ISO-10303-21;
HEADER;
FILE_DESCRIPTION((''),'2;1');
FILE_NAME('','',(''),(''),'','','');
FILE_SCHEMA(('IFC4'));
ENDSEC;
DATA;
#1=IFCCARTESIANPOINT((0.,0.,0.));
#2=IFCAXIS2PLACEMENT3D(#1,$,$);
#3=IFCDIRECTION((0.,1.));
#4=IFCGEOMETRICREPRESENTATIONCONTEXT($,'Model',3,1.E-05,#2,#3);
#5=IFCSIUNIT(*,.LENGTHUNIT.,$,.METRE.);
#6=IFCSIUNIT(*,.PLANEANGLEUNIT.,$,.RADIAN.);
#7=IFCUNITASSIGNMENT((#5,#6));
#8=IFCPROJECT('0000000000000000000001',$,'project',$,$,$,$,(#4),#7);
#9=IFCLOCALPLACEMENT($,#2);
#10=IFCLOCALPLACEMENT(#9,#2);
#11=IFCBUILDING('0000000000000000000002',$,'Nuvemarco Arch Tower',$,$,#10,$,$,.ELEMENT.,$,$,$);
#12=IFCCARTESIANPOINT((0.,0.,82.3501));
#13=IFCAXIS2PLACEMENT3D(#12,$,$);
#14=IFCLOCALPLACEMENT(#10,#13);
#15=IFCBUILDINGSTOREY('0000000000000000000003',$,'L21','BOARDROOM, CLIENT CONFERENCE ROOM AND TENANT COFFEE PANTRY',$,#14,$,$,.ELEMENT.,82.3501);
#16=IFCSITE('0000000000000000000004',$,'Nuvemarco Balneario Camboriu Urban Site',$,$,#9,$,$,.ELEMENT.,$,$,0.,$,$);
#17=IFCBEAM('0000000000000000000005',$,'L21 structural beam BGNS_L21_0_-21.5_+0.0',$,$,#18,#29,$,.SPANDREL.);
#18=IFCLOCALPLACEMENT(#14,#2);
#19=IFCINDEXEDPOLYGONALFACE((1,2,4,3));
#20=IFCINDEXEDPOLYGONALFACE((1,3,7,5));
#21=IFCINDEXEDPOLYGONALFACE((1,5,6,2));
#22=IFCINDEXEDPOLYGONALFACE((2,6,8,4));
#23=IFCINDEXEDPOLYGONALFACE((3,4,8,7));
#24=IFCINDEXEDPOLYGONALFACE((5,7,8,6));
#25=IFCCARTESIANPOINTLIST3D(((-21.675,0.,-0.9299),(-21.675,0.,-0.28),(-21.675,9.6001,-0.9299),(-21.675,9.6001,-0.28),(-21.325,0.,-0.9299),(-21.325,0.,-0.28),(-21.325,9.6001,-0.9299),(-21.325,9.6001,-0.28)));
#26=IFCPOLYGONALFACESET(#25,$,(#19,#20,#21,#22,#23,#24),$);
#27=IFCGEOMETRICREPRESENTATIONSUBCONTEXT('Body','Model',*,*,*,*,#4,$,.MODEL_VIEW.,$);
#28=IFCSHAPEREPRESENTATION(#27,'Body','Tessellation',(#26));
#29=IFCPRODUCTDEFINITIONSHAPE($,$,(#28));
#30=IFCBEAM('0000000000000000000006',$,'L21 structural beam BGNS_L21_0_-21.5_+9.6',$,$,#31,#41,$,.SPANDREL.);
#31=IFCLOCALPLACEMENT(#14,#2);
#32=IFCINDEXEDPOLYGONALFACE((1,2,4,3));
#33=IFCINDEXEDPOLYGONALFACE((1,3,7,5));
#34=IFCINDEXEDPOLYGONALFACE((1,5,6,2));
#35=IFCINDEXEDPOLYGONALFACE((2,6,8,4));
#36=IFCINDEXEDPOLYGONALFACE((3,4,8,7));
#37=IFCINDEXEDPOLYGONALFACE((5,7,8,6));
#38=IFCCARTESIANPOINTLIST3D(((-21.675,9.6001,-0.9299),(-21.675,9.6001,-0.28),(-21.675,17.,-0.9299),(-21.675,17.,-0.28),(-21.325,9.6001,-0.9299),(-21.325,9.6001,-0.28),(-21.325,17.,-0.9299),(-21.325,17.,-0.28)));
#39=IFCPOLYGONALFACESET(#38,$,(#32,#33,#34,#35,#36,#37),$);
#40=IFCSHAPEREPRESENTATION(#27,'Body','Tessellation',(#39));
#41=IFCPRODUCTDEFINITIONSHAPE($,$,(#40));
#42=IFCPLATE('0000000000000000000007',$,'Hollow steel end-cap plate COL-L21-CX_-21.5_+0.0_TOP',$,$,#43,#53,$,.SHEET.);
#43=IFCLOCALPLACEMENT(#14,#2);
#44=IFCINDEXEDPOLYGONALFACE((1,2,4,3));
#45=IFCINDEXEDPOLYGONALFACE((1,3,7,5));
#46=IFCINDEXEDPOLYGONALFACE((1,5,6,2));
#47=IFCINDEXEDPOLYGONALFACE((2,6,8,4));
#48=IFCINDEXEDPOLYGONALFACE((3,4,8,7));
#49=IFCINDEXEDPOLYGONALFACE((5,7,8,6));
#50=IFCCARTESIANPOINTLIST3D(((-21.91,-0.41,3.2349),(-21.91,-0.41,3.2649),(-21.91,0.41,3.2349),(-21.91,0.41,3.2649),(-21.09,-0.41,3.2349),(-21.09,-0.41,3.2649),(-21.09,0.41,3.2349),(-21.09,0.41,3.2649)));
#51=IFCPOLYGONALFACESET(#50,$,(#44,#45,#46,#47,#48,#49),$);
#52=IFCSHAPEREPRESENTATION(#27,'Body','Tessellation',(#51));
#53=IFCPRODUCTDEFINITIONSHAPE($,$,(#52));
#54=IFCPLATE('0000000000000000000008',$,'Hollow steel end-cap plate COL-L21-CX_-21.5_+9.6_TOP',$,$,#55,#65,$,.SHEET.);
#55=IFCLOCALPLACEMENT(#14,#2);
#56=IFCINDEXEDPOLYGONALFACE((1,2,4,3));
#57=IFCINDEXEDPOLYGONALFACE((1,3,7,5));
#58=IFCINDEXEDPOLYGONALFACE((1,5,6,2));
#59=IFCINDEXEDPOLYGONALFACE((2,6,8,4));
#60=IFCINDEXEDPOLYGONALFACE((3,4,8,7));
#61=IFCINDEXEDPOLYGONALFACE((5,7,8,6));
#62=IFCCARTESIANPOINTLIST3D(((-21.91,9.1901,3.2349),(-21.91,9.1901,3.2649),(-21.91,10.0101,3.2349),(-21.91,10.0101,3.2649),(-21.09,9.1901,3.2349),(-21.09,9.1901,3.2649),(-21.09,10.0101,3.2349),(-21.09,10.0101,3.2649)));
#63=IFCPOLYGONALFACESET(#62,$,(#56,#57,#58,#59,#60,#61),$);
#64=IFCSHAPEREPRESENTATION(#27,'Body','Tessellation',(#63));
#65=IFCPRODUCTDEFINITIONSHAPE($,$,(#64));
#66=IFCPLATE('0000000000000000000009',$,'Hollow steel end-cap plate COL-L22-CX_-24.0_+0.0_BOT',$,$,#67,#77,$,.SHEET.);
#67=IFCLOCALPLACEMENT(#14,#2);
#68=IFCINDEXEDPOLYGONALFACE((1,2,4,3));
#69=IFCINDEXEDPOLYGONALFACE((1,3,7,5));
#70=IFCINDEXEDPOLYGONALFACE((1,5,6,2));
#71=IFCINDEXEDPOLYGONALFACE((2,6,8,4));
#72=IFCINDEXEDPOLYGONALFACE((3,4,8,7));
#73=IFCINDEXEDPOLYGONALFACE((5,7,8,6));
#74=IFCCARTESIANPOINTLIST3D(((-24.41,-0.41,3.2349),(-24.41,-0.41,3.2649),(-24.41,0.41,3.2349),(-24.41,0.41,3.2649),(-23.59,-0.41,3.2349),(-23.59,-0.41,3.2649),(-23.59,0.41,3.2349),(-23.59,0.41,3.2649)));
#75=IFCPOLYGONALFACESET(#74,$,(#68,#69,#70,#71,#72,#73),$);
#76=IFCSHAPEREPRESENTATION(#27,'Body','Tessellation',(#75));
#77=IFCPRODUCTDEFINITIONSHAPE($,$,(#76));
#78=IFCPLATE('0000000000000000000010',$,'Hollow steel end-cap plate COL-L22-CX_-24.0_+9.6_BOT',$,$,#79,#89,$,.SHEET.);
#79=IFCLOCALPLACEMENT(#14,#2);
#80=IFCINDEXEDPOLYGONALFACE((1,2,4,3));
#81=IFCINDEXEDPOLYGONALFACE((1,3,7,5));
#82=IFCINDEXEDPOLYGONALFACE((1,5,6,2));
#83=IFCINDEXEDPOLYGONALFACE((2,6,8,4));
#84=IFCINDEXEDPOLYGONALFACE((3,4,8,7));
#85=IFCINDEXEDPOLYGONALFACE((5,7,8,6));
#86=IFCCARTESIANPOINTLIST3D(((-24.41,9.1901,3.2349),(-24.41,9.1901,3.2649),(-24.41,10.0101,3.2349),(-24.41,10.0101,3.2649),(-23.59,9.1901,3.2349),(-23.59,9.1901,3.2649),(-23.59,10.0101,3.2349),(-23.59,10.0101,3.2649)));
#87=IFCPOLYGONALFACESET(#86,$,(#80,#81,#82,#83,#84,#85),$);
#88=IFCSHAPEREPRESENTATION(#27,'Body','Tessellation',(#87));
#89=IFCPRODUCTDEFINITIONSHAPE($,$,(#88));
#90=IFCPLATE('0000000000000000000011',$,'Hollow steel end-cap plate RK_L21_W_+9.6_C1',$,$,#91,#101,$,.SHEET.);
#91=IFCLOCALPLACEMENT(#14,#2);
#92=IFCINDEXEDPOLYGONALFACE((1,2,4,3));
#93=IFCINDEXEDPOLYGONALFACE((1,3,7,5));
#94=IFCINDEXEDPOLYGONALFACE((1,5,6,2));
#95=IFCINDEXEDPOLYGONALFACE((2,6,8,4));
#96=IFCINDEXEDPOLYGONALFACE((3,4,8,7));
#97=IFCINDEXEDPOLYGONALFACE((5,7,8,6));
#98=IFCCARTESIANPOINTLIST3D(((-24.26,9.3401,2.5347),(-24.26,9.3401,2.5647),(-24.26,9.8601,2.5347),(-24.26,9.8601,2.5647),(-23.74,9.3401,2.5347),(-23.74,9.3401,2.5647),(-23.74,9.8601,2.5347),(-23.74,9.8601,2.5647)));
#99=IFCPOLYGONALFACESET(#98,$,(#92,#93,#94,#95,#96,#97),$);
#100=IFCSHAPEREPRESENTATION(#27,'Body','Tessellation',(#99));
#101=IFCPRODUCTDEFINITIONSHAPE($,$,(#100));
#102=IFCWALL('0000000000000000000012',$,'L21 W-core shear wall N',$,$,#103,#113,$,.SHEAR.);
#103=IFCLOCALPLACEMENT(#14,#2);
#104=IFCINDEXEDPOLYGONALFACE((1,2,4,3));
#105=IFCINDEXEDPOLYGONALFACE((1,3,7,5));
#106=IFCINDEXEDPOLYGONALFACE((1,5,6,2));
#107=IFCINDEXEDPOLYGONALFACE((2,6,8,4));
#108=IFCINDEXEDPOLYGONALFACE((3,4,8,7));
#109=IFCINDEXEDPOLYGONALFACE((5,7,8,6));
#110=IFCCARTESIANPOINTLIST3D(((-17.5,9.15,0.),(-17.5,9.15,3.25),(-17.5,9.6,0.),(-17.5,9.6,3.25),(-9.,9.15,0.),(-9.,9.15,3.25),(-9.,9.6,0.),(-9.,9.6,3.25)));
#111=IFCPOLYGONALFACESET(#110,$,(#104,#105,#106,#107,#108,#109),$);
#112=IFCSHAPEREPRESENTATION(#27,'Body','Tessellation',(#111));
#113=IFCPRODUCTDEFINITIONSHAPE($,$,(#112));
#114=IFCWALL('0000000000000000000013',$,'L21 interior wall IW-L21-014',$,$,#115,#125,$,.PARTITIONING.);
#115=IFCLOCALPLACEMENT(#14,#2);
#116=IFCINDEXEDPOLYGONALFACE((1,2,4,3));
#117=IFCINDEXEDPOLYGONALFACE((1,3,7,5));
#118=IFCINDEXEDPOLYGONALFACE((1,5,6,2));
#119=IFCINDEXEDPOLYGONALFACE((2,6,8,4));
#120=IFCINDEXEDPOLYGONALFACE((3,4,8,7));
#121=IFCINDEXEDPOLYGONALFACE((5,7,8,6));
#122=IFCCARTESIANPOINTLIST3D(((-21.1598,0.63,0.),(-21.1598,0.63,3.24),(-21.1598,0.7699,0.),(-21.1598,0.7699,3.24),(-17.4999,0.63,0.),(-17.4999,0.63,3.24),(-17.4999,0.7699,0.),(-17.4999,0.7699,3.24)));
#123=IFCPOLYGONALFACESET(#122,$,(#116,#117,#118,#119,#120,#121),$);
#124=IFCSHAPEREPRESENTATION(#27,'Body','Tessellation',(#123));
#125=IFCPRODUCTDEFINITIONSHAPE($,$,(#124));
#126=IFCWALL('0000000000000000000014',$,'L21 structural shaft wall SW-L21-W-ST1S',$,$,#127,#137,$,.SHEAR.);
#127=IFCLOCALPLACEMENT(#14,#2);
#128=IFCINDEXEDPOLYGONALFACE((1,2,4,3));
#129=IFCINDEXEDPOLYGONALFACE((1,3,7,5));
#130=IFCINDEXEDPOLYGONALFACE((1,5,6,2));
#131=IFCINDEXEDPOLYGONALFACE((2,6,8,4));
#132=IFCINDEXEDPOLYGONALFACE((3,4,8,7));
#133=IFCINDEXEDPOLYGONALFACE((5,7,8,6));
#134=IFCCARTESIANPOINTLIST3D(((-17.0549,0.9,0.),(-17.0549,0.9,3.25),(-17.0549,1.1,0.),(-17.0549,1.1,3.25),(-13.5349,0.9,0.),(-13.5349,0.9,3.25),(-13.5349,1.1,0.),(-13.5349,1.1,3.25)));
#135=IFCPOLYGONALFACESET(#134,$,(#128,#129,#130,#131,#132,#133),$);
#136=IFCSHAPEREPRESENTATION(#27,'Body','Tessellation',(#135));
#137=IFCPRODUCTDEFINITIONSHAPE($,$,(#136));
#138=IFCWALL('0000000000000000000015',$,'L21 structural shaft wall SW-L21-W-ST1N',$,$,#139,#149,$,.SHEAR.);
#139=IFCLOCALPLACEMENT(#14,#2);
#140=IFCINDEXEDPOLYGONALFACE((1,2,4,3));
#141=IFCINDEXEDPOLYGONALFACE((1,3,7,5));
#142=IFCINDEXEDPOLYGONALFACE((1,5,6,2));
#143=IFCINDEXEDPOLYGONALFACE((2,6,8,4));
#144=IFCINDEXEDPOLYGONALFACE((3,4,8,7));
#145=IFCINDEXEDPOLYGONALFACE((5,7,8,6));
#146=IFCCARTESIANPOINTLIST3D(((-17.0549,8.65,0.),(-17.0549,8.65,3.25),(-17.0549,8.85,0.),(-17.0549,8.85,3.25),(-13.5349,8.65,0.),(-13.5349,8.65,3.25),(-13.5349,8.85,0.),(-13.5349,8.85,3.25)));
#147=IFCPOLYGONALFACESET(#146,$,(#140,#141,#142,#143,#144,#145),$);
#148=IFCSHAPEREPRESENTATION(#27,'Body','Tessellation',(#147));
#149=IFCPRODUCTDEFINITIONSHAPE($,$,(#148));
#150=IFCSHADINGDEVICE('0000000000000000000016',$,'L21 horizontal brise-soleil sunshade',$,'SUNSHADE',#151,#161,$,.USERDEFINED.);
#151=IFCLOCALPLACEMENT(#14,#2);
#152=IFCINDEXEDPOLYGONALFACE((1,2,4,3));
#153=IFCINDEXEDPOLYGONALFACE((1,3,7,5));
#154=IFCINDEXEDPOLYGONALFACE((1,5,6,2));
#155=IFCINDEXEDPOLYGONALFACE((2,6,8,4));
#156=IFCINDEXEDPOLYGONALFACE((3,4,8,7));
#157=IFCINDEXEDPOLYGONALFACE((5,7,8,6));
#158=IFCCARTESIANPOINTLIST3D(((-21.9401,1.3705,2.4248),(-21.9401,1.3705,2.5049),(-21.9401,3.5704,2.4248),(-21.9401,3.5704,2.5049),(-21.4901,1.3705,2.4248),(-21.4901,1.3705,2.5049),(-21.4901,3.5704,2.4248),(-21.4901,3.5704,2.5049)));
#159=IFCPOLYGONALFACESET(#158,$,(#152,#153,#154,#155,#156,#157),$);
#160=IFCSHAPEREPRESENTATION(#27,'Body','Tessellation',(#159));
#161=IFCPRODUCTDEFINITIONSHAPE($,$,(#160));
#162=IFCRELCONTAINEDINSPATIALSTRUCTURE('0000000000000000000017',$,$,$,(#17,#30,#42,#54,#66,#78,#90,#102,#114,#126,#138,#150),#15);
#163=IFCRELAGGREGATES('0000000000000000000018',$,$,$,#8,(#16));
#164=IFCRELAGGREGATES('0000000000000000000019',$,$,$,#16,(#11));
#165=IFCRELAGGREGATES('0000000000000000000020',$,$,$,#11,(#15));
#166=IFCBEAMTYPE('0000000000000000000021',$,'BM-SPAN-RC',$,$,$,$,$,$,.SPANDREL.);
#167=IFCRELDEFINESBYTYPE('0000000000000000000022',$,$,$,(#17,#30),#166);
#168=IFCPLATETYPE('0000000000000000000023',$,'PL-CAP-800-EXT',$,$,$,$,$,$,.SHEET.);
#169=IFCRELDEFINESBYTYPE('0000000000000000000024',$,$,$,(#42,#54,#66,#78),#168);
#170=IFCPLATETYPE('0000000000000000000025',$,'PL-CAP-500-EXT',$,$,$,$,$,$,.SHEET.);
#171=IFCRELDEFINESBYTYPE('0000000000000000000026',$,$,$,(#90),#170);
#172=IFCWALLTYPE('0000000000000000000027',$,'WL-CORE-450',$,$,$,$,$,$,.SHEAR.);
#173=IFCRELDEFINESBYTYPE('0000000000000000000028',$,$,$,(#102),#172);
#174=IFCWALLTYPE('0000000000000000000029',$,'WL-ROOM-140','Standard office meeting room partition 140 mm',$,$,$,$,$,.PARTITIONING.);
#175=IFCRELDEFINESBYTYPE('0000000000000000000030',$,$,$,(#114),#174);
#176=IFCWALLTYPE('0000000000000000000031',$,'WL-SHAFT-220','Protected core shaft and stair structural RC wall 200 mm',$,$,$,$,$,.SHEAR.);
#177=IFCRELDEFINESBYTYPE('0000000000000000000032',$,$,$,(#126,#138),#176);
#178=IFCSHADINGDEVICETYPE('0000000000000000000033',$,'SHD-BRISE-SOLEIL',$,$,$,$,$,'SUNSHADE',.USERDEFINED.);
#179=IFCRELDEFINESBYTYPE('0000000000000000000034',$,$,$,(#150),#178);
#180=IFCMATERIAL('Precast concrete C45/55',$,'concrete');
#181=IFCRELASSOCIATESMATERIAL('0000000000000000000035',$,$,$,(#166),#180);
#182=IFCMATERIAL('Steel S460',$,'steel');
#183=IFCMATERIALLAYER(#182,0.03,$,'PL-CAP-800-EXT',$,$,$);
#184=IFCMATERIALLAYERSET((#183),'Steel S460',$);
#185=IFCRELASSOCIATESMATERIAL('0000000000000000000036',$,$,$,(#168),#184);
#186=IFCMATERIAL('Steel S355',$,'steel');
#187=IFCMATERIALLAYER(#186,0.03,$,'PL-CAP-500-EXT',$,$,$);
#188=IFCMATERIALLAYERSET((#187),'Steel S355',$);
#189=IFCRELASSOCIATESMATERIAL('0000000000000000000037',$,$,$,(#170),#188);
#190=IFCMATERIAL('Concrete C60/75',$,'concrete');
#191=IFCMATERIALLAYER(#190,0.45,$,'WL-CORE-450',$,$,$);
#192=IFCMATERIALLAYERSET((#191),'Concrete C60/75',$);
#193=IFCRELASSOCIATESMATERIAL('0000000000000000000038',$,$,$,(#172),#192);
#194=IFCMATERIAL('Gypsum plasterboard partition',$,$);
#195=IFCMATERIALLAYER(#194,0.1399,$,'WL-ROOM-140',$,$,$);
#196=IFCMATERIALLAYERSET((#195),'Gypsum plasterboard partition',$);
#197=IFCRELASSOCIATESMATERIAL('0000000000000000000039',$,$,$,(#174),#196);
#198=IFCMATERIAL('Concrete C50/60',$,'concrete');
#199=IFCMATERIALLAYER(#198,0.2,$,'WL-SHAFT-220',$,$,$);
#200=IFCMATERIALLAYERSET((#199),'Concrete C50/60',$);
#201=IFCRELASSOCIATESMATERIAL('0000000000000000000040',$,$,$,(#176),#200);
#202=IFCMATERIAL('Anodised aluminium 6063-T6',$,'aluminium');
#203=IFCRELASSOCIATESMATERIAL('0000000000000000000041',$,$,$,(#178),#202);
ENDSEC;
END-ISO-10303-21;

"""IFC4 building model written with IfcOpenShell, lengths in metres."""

from ifc_helpers import new_model, si_unit, direction, frame, frame_2d, origin, origin_2d, place, context, subcontext, project, spatial, rectangle, extrude, source, transform, mapped, material, layer, layer_set, material_profile, profile_set, type_object, type_shapes, element, save


model = new_model("IFC4")

# Units and contexts
model_context = context("Model", 3, precision=1e-05, world=origin(), true_north=direction((0.0, 1.0)))
body_context = subcontext(model_context, "Body", "Model", "MODEL_VIEW")
ifc_project = project(units=[si_unit("LENGTHUNIT", "METRE"), si_unit("PLANEANGLEUNIT", "RADIAN")], contexts=[model_context])

# Site, building, storey
site_placement = place(None, origin())
site = spatial("IfcSite", under=ifc_project, at=site_placement, Name="Nuvemarco Balneario Camboriu Urban Site", CompositionType="ELEMENT", RefElevation=0.0)
building_placement = place(site_placement, origin())
building = spatial("IfcBuilding", under=site, at=building_placement, Name="Nuvemarco Arch Tower", CompositionType="ELEMENT")
storey_placement = place(building_placement, frame((0.0, 0.0, 82.3501)))
storey = spatial("IfcBuildingStorey", under=building, at=storey_placement, Name="L21", Description="BOARDROOM, CLIENT CONFERENCE ROOM AND TENANT COFFEE PANTRY", CompositionType="ELEMENT", Elevation=82.3501)

# Shared definitions
ifc_material_1 = material(Name="Concrete C60/75", Category="concrete")
ifc_material_2 = material(Name="Steel S460", Category="steel")

# Beams
ifc_material_3 = material(Name="Steel S355", Category="steel")
ifc_material_4 = material(Name="Precast concrete C45/55", Category="concrete")
ifc_material_profile_1 = material_profile(ifc_material_4, rectangle(XDim=0.3501, YDim=0.6499, at=origin_2d()), Name="PC-SP-350x650")
ifc_profile_set_1 = profile_set([ifc_material_profile_1], Name="Precast concrete C45/55")
beam_type_1 = type_object("IfcBeamType", Name="BM-SPAN-RC", PredefinedType="SPANDREL", material=ifc_profile_set_1)
beam_1_placement = place(storey_placement, frame((-21.5, 0.0, -0.605), z_axis=(0.0, 1.0, 0.0), x_axis=(-1.0, 0.0, 0.0)))
element("IfcBeam", 1, at=beam_1_placement, inside=storey, type_object=beam_type_1, Name="L21 structural beam BGNS_L21_0_-21.5_+0.0", PredefinedType="SPANDREL", context=body_context, shape_type="SweptSolid", body=[
    extrude(rectangle(XDim=0.3501, YDim=0.6499, at=origin_2d()), origin(), (0.0, 0.0, 1.0), 9.6001),
])
beam_2_placement = place(storey_placement, frame((-21.5, 9.6001, -0.605), z_axis=(0.0, 1.0, 0.0), x_axis=(-1.0, 0.0, 0.0)))
element("IfcBeam", 2, at=beam_2_placement, inside=storey, type_object=beam_type_1, Name="L21 structural beam BGNS_L21_0_-21.5_+9.6", PredefinedType="SPANDREL", context=body_context, shape_type="SweptSolid", body=[
    extrude(rectangle(XDim=0.3501, YDim=0.6499, at=origin_2d()), origin(), (0.0, 0.0, 1.0), 7.3999),
])

# Plates
ifc_layer_1 = layer(ifc_material_2, 0.03, Name="PL-CAP-800-EXT")
ifc_layer_set_1 = layer_set([ifc_layer_1], Name="Steel S460")
plate_type_1 = type_object("IfcPlateType", Name="PL-CAP-800-EXT", PredefinedType="SHEET", material=ifc_layer_set_1)
shared_shape_1 = source(origin(), body_context, "Body", "SweptSolid", [
    extrude(rectangle(XDim=0.8201, YDim=0.8201, at=origin_2d()), origin(), (0.0, 0.0, 1.0), 0.03),
])
type_shapes(plate_type_1, [shared_shape_1])
for number, where, z_axis, x_axis, name in (
    (3, (-21.5, 0.0, 3.2349), (0.0, 0.0, 1.0), (1.0, 0.0, 0.0), "Hollow steel end-cap plate COL-L21-CX_-21.5_+0.0_TOP"),
    (4, (-21.5, 9.6001, 3.2349), (0.0, 0.0, 1.0), (1.0, 0.0, 0.0), "Hollow steel end-cap plate COL-L21-CX_-21.5_+9.6_TOP"),
    (5, (-24.0, 0.0, 3.2349), (0.0, 0.0, 1.0), (1.0, 0.0, 0.0), "Hollow steel end-cap plate COL-L22-CX_-24.0_+0.0_BOT"),
    (6, (-24.0, 9.6001, 3.2349), (0.0, 0.0, 1.0), (1.0, 0.0, 0.0), "Hollow steel end-cap plate COL-L22-CX_-24.0_+9.6_BOT"),
):
    element("IfcPlate", number, at=place(storey_placement, frame(where, z_axis=z_axis, x_axis=x_axis)), inside=storey, type_object=plate_type_1, Name=name, PredefinedType="SHEET", context=body_context, shape_type="MappedRepresentation", body=[
        mapped(shared_shape_1, transform((0.0, 0.0, 0.0), scale=1.0)),
    ])
ifc_layer_2 = layer(ifc_material_3, 0.03, Name="PL-CAP-500-EXT")
ifc_layer_set_2 = layer_set([ifc_layer_2], Name="Steel S355")
plate_type_2 = type_object("IfcPlateType", Name="PL-CAP-500-EXT", PredefinedType="SHEET", material=ifc_layer_set_2)
shared_shape_2 = source(origin(), body_context, "Body", "SweptSolid", [
    extrude(rectangle(XDim=0.52, YDim=0.52, at=origin_2d()), origin(), (0.0, 0.0, 1.0), 0.03),
])
type_shapes(plate_type_2, [shared_shape_2])
plate_placement = place(storey_placement, frame((-24.0, 9.6001, 2.5347), z_axis=(0.0, 0.0, 1.0), x_axis=(1.0, 0.0, 0.0)))
element("IfcPlate", 7, at=plate_placement, inside=storey, type_object=plate_type_2, Name="Hollow steel end-cap plate RK_L21_W_+9.6_C1", PredefinedType="SHEET", context=body_context, shape_type="MappedRepresentation", body=[
    mapped(shared_shape_2, transform((0.0, 0.0, 0.0), scale=1.0)),
])

# Walls
ifc_layer_3 = layer(ifc_material_1, 0.45, Name="WL-CORE-450")
ifc_layer_set_3 = layer_set([ifc_layer_3], Name="Concrete C60/75")
wall_type_1 = type_object("IfcWallType", Name="WL-CORE-450", PredefinedType="SHEAR", material=ifc_layer_set_3)
wall_1_placement = place(storey_placement, frame((-17.5, 9.375, 0.0), z_axis=(0.0, 0.0, 1.0), x_axis=(1.0, 0.0, 0.0)))
element("IfcWall", 8, at=wall_1_placement, inside=storey, type_object=wall_type_1, Name="L21 W-core shear wall N", PredefinedType="SHEAR", context=body_context, shape_type="SweptSolid", body=[
    extrude(rectangle(XDim=8.5, YDim=0.45, at=frame_2d((4.25, 0.0))), origin(), (0.0, 0.0, 1.0), 3.25),
])
ifc_material_5 = material(Name="Gypsum plasterboard partition")
ifc_layer_4 = layer(ifc_material_5, 0.1399, Name="WL-ROOM-140")
ifc_layer_set_4 = layer_set([ifc_layer_4], Name="Gypsum plasterboard partition")
wall_type_2 = type_object("IfcWallType", Name="WL-ROOM-140", Description="Standard office meeting room partition 140 mm", PredefinedType="PARTITIONING", material=ifc_layer_set_4)
wall_2_placement = place(storey_placement, frame((-21.1599, 0.7, 0.0), z_axis=(0.0, 0.0, 1.0), x_axis=(1.0, 0.0, 0.0)))
element("IfcWall", 9, at=wall_2_placement, inside=storey, type_object=wall_type_2, Name="L21 interior wall IW-L21-014", PredefinedType="PARTITIONING", context=body_context, shape_type="SweptSolid", body=[
    extrude(rectangle(XDim=3.6599, YDim=0.1399, at=frame_2d((1.8301, 0.0))), origin(), (0.0, 0.0, 1.0), 3.24),
])
ifc_material_6 = material(Name="Concrete C50/60", Category="concrete")
ifc_layer_5 = layer(ifc_material_6, 0.2, Name="WL-SHAFT-220")
ifc_layer_set_5 = layer_set([ifc_layer_5], Name="Concrete C50/60")
wall_type_3 = type_object("IfcWallType", Name="WL-SHAFT-220", Description="Protected core shaft and stair structural RC wall 200 mm", PredefinedType="SHEAR", material=ifc_layer_set_5)
for number, where, z_axis, x_axis, name in (
    (10, (-17.0549, 1.0, 0.0), (0.0, 0.0, 1.0), (1.0, 0.0, 0.0), "L21 structural shaft wall SW-L21-W-ST1S"),
    (11, (-17.0549, 8.75, 0.0), (0.0, 0.0, 1.0), (1.0, 0.0, 0.0), "L21 structural shaft wall SW-L21-W-ST1N"),
):
    element("IfcWall", number, at=place(storey_placement, frame(where, z_axis=z_axis, x_axis=x_axis)), inside=storey, type_object=wall_type_3, Name=name, PredefinedType="SHEAR", context=body_context, shape_type="SweptSolid", body=[
        extrude(rectangle(XDim=3.52, YDim=0.2, at=frame_2d((1.76, 0.0))), origin(), (0.0, 0.0, 1.0), 3.25),
    ])

# Shading device
ifc_material_7 = material(Name="Anodised aluminium 6063-T6", Category="aluminium")
shading_device_type = type_object("IfcShadingDeviceType", Name="SHD-BRISE-SOLEIL", ElementType="SUNSHADE", PredefinedType="USERDEFINED", material=ifc_material_7)
shared_shape_3 = source(origin(), body_context, "Body", "SweptSolid", [
    extrude(rectangle(XDim=2.2, YDim=0.45, at=origin_2d()), origin(), (0.0, 0.0, 1.0), 0.0801),
])
type_shapes(shading_device_type, [shared_shape_3])
shading_device_placement = place(storey_placement, frame((-21.7151, 2.4705, 2.4248), z_axis=(0.0, 0.0, 1.0), x_axis=(0.0, 1.0, 0.0)))
element("IfcShadingDevice", 12, at=shading_device_placement, inside=storey, type_object=shading_device_type, Name="L21 horizontal brise-soleil sunshade", ObjectType="SUNSHADE", PredefinedType="USERDEFINED", context=body_context, shape_type="MappedRepresentation", body=[
    mapped(shared_shape_3, transform((0.0, 0.0, 0.0), scale=1.0)),
])

save(model, "model.ifc")
